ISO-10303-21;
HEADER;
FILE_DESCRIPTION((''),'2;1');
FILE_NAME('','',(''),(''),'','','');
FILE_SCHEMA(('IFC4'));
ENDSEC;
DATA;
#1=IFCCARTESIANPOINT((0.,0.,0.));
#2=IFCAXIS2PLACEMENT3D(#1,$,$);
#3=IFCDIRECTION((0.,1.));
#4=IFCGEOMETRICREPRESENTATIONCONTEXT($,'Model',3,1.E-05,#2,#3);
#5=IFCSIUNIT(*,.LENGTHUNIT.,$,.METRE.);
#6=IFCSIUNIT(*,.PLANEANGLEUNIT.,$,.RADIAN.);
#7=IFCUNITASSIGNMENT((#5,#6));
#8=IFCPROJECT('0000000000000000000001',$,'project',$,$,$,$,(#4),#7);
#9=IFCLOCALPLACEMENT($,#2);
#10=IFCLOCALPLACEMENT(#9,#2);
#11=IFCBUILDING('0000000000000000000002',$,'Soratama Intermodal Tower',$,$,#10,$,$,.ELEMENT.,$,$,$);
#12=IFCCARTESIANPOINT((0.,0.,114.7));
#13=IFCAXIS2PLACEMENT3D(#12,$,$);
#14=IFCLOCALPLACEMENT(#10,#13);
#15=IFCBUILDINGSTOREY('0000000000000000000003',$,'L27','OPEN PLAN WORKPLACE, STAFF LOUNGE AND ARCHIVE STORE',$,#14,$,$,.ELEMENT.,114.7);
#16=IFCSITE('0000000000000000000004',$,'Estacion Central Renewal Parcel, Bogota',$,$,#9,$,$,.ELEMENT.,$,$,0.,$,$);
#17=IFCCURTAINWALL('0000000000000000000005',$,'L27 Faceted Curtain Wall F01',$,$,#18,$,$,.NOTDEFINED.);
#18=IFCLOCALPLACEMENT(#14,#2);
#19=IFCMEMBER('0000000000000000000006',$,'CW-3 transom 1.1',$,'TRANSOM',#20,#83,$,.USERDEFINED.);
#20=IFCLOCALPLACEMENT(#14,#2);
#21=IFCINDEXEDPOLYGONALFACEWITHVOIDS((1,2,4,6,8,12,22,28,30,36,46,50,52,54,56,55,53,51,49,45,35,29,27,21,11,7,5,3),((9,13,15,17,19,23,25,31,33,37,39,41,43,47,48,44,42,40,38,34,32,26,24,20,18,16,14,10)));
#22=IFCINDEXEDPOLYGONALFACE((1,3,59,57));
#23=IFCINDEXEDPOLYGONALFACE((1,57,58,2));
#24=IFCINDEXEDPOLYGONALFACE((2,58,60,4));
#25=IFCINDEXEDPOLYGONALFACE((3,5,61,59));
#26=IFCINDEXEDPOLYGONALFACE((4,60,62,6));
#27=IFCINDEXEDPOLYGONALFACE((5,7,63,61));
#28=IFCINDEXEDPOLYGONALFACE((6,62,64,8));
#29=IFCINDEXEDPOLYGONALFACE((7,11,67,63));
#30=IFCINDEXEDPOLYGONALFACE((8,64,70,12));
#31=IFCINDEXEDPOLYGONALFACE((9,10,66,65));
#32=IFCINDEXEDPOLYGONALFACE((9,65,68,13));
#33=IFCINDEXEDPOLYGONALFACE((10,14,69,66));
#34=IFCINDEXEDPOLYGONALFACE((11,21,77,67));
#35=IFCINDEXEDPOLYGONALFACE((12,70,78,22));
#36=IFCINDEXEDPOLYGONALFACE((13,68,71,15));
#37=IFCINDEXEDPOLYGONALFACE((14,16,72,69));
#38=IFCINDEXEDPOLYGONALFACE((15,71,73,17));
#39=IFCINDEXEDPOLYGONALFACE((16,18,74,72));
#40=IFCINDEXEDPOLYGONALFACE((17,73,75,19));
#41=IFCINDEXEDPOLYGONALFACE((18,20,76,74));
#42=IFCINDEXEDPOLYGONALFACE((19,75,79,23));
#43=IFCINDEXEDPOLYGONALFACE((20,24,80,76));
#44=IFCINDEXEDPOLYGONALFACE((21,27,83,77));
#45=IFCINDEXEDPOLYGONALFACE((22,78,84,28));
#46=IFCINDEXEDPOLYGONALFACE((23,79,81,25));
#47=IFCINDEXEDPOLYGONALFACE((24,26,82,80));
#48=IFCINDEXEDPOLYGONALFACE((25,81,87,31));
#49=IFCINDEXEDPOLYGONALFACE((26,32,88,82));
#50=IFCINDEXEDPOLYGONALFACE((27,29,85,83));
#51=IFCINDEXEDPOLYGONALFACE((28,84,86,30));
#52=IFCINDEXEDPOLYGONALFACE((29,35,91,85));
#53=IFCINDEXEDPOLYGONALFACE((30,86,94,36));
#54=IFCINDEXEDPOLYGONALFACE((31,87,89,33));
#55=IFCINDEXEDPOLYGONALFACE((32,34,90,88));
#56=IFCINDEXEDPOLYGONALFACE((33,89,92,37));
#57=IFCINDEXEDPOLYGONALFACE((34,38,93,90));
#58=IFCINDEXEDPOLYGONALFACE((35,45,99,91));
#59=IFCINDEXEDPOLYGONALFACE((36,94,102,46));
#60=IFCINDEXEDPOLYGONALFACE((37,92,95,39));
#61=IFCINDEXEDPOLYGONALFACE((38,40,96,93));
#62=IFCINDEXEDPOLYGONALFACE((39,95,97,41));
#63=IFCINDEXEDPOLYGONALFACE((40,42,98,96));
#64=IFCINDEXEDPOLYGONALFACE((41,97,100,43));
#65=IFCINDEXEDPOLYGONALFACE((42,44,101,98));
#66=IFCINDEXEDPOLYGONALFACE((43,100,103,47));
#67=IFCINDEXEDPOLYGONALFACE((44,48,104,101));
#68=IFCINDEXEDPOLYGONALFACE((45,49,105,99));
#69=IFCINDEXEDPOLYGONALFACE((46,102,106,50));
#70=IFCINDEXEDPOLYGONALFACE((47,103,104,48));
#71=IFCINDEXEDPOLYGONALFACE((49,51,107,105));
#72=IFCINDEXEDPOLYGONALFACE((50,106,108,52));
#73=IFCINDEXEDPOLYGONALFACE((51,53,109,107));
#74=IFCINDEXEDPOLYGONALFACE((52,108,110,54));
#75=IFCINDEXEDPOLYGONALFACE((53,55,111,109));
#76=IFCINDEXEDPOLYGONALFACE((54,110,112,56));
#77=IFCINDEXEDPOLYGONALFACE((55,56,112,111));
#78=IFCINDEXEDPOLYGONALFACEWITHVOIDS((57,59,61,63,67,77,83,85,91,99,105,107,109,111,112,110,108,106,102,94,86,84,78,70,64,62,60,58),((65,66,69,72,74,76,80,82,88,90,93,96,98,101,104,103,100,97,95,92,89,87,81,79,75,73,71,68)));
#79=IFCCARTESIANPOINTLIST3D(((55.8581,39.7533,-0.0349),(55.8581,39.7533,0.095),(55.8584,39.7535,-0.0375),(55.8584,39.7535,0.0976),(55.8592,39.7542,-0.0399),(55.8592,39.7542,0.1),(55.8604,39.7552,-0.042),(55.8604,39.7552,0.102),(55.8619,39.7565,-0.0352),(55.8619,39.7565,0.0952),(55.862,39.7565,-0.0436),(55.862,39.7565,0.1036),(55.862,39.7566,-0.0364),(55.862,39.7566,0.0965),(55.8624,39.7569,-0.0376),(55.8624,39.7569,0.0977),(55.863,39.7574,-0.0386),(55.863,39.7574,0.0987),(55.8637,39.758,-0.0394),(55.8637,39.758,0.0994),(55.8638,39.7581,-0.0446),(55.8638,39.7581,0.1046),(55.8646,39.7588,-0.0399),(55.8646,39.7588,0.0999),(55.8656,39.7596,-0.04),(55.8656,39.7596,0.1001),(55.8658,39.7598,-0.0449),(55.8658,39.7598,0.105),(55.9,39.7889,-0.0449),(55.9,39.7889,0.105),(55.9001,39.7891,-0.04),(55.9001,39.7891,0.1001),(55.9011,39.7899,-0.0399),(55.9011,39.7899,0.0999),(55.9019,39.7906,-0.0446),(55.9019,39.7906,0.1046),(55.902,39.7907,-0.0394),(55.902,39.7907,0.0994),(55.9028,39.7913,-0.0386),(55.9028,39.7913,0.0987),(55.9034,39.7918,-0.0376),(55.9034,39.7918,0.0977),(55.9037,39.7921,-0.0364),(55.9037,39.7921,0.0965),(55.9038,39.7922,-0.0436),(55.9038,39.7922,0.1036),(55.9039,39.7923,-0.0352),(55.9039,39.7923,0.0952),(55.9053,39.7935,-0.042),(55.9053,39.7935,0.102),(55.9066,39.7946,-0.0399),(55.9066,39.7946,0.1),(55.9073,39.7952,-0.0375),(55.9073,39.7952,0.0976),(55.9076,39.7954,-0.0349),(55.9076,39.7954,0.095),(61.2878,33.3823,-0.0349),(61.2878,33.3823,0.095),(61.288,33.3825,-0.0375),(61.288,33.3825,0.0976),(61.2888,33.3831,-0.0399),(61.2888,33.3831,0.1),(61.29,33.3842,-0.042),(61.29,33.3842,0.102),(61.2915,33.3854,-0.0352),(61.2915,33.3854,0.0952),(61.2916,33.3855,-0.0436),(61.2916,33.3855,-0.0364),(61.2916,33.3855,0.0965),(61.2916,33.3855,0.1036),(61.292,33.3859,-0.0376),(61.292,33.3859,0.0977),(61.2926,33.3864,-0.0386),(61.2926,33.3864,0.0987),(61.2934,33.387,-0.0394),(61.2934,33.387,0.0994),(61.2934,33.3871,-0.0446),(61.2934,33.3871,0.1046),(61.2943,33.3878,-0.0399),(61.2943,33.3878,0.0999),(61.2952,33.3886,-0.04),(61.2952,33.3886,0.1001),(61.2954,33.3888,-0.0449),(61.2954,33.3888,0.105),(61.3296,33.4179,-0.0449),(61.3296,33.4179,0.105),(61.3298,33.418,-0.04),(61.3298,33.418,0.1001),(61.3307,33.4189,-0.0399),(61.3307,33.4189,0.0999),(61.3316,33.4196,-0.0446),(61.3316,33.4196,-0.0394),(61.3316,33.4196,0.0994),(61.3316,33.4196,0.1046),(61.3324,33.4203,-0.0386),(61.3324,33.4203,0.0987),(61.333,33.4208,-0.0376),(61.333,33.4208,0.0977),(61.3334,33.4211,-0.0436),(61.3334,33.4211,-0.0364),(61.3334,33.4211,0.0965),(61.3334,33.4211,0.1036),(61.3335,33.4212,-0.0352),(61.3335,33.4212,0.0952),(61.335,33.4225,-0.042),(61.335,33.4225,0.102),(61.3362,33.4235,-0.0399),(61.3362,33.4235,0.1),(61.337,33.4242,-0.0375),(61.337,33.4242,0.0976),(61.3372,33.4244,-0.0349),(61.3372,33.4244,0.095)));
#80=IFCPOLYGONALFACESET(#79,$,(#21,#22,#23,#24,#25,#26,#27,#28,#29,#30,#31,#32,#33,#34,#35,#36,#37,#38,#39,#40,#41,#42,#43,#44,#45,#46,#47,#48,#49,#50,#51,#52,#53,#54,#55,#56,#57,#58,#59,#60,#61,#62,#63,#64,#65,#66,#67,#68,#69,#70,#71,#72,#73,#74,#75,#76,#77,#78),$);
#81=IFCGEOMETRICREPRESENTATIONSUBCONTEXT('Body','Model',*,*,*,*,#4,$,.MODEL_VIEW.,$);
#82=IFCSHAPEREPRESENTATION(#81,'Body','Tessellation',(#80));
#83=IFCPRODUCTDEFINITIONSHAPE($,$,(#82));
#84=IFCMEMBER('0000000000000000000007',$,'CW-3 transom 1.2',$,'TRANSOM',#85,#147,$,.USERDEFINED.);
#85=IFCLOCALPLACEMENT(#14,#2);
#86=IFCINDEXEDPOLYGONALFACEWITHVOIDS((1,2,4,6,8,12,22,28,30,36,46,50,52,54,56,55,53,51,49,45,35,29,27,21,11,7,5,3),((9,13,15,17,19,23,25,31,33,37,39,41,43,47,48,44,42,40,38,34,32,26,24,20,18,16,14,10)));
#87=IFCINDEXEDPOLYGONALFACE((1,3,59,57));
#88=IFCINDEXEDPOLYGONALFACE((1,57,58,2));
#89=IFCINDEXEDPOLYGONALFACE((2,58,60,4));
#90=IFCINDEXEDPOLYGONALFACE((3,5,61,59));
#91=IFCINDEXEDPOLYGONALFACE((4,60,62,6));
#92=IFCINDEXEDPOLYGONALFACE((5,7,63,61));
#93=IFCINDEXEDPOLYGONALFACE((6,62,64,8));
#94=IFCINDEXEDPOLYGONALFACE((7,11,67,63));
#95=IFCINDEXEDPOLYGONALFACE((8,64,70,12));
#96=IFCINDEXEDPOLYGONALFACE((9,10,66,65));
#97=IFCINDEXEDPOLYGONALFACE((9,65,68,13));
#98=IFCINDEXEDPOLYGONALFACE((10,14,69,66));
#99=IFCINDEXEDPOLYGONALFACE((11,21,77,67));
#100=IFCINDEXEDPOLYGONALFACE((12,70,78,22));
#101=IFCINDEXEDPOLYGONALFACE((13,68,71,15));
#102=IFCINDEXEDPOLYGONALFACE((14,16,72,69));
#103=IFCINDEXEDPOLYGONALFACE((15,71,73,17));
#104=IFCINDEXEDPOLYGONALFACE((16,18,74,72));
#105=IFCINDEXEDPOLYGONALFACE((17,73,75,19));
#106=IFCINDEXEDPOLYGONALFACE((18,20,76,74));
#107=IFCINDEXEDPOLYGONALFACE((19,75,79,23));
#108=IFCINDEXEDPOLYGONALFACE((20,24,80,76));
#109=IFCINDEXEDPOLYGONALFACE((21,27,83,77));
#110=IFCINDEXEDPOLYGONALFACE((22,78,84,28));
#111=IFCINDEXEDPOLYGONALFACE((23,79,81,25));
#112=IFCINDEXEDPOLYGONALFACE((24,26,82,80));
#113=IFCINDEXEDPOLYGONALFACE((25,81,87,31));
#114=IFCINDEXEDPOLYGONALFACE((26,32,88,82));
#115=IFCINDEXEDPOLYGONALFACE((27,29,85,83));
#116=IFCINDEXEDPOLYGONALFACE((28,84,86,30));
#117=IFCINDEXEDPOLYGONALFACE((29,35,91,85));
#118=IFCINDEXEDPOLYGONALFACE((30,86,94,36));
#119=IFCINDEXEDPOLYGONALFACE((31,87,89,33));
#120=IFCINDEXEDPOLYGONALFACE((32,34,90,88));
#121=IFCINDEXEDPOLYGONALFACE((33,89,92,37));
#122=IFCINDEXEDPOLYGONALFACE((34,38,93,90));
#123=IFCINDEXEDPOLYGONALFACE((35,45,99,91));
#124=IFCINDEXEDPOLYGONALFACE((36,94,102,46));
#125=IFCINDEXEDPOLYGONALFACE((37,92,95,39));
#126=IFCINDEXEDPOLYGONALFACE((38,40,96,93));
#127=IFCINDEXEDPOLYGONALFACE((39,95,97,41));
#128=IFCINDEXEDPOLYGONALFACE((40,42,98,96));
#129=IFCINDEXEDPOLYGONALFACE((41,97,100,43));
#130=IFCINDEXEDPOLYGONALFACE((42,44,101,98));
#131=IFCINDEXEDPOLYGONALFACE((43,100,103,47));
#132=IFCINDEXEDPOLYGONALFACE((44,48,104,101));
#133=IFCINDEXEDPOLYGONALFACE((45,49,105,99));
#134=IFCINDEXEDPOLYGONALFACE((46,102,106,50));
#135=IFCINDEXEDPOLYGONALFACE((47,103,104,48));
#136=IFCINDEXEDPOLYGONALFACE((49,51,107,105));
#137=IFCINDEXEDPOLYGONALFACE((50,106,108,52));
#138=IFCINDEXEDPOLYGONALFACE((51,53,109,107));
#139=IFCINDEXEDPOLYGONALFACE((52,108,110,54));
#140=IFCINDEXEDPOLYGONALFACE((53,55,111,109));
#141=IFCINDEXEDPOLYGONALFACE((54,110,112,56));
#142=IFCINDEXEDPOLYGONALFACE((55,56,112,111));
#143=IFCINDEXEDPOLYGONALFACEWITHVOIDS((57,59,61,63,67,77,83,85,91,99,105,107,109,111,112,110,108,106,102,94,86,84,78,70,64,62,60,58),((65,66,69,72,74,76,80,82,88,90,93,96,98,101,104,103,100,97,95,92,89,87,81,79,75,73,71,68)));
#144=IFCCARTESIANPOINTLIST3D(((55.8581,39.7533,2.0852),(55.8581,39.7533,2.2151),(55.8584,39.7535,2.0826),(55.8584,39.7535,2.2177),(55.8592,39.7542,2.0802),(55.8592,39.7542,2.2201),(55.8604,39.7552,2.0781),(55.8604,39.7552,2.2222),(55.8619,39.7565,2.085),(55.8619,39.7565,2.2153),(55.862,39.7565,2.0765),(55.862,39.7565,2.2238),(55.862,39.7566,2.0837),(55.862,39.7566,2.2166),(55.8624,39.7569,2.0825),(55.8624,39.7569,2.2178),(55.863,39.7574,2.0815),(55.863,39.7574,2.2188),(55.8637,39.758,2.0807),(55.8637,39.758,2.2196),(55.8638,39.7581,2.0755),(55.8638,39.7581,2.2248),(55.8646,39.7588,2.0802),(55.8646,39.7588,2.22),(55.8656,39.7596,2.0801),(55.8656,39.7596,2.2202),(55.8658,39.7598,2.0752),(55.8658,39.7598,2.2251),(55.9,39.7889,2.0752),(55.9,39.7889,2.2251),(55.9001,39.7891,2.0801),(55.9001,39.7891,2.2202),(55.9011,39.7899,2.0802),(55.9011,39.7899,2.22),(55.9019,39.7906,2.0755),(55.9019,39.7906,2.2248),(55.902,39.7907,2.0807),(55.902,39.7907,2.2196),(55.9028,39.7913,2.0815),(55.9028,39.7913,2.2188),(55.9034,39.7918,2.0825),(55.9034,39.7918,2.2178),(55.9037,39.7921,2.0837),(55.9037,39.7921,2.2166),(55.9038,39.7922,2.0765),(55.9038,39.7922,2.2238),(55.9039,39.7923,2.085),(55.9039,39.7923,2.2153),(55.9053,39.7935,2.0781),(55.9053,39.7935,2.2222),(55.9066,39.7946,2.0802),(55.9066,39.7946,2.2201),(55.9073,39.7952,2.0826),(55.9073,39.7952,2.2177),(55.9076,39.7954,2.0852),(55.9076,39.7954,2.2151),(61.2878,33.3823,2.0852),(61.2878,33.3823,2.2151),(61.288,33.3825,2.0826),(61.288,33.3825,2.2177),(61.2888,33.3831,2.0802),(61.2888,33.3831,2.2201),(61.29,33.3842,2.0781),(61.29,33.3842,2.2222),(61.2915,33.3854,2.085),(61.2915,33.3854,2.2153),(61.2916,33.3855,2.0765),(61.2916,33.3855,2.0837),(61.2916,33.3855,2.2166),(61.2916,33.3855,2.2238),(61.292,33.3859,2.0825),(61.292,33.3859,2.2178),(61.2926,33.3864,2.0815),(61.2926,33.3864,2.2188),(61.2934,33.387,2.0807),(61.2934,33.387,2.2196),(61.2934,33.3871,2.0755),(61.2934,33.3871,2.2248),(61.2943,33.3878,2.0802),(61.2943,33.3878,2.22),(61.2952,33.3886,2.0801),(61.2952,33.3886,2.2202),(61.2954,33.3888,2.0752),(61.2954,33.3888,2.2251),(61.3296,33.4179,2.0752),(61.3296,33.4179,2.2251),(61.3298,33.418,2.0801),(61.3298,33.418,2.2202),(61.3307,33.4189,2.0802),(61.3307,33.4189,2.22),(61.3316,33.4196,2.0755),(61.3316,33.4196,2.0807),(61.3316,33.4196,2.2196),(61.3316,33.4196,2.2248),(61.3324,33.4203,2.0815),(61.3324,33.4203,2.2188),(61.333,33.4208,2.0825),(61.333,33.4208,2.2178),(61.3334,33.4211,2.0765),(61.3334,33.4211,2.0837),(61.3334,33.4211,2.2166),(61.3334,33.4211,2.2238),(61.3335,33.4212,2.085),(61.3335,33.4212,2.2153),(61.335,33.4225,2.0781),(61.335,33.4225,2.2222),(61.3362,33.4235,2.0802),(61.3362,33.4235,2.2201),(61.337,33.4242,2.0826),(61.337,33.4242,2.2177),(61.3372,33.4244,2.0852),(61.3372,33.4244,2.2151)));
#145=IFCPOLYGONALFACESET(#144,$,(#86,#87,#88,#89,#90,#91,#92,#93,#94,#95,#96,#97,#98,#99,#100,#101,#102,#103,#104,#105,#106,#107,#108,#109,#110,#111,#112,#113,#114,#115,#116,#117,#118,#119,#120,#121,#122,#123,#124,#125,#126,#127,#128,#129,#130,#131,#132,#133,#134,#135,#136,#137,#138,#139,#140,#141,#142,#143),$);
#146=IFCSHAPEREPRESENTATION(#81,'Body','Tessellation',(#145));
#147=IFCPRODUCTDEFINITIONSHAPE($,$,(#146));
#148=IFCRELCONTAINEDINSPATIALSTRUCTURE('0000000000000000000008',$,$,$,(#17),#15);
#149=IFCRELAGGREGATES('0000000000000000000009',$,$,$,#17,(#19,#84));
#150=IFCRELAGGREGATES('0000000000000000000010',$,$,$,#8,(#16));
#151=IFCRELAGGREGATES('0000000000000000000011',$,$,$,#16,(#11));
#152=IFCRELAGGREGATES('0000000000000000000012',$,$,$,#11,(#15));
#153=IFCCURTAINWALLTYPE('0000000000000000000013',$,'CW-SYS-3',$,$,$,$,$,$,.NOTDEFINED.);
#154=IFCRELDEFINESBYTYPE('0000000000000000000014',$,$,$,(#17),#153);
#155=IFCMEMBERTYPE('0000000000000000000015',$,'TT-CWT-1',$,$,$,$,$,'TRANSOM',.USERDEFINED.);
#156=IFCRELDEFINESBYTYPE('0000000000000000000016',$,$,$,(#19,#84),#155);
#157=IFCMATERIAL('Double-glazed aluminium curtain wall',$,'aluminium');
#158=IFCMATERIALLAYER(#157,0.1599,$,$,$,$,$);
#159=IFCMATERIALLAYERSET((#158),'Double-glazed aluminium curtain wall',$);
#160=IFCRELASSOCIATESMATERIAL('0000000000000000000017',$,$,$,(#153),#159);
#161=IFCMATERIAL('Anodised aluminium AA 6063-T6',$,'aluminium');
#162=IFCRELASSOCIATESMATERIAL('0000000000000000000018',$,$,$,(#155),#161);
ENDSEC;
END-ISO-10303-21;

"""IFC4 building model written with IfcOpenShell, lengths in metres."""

from ifc_helpers import new_model, si_unit, direction, frame, origin, origin_2d, place, context, subcontext, project, spatial, hollow_rectangle, extrude, material, layer, layer_set, material_profile, profile_set, type_object, element, aggregate, save


model = new_model("IFC4")

# Units and contexts
model_context = context("Model", 3, precision=1e-05, world=origin(), true_north=direction((0.0, 1.0)))
body_context = subcontext(model_context, "Body", "Model", "MODEL_VIEW")
ifc_project = project(units=[si_unit("LENGTHUNIT", "METRE"), si_unit("PLANEANGLEUNIT", "RADIAN")], contexts=[model_context])

# Site, building, storey
site_placement = place(None, origin())
site = spatial("IfcSite", under=ifc_project, at=site_placement, Name="Estacion Central Renewal Parcel, Bogota", CompositionType="ELEMENT", RefElevation=0.0)
building_placement = place(site_placement, origin())
building = spatial("IfcBuilding", under=site, at=building_placement, Name="Soratama Intermodal Tower", CompositionType="ELEMENT")
storey_placement = place(building_placement, frame((0.0, 0.0, 114.7)))
storey = spatial("IfcBuildingStorey", under=building, at=storey_placement, Name="L27", Description="OPEN PLAN WORKPLACE, STAFF LOUNGE AND ARCHIVE STORE", CompositionType="ELEMENT", Elevation=114.7)

# Curtain wall
ifc_material_1 = material(Name="Double-glazed aluminium curtain wall", Category="aluminium")
ifc_layer_1 = layer(ifc_material_1, 0.1599)
ifc_layer_set_1 = layer_set([ifc_layer_1], Name="Double-glazed aluminium curtain wall")
curtain_wall_type = type_object("IfcCurtainWallType", Name="CW-SYS-3", PredefinedType="NOTDEFINED", material=ifc_layer_set_1)
curtain_wall_1_placement = place(storey_placement, origin())
curtain_wall_1 = element("IfcCurtainWall", 1, at=curtain_wall_1_placement, inside=storey, type_object=curtain_wall_type, Name="L27 Faceted Curtain Wall F01", PredefinedType="NOTDEFINED")

# Members
ifc_material_2 = material(Name="Anodised aluminium AA 6063-T6", Category="aluminium")
ifc_material_profile_1 = material_profile(ifc_material_2, hollow_rectangle(XDim=0.0649, YDim=0.1499, WallThickness=0.0049, InnerFilletRadius=0.0049, OuterFilletRadius=0.01, at=origin_2d()), Name="CWT150X65X5")
ifc_profile_set_1 = profile_set([ifc_material_profile_1], Name="Anodised aluminium AA 6063-T6")
member_type_1 = type_object("IfcMemberType", Name="TT-CWT-1", ElementType="TRANSOM", PredefinedType="USERDEFINED", material=ifc_profile_set_1)
member_1_placement = place(storey_placement, frame((61.3125, 33.4033, 0.03), z_axis=(-0.648637, 0.761098, 0.0), x_axis=(-0.761098, -0.648637, 0.0)))
member_1 = element("IfcMember", 2, at=member_1_placement, type_object=member_type_1, Name="CW-3 transom 1.1", ObjectType="TRANSOM", PredefinedType="USERDEFINED", context=body_context, shape_type="SweptSolid", body=[
    extrude(hollow_rectangle(XDim=0.0649, YDim=0.1499, WallThickness=0.0049, InnerFilletRadius=0.0049, OuterFilletRadius=0.01, at=origin_2d()), origin(), (0.0, 0.0, 1.0), 8.3708),
])
member_2_placement = place(storey_placement, frame((61.3125, 33.4033, 2.1501), z_axis=(-0.648637, 0.761098, 0.0), x_axis=(-0.761098, -0.648637, 0.0)))
member_2 = element("IfcMember", 3, at=member_2_placement, type_object=member_type_1, Name="CW-3 transom 1.2", ObjectType="TRANSOM", PredefinedType="USERDEFINED", context=body_context, shape_type="SweptSolid", body=[
    extrude(hollow_rectangle(XDim=0.0649, YDim=0.1499, WallThickness=0.0049, InnerFilletRadius=0.0049, OuterFilletRadius=0.01, at=origin_2d()), origin(), (0.0, 0.0, 1.0), 8.3708),
])
aggregate(curtain_wall_1, [member_1, member_2])

save(model, "model.ifc")
